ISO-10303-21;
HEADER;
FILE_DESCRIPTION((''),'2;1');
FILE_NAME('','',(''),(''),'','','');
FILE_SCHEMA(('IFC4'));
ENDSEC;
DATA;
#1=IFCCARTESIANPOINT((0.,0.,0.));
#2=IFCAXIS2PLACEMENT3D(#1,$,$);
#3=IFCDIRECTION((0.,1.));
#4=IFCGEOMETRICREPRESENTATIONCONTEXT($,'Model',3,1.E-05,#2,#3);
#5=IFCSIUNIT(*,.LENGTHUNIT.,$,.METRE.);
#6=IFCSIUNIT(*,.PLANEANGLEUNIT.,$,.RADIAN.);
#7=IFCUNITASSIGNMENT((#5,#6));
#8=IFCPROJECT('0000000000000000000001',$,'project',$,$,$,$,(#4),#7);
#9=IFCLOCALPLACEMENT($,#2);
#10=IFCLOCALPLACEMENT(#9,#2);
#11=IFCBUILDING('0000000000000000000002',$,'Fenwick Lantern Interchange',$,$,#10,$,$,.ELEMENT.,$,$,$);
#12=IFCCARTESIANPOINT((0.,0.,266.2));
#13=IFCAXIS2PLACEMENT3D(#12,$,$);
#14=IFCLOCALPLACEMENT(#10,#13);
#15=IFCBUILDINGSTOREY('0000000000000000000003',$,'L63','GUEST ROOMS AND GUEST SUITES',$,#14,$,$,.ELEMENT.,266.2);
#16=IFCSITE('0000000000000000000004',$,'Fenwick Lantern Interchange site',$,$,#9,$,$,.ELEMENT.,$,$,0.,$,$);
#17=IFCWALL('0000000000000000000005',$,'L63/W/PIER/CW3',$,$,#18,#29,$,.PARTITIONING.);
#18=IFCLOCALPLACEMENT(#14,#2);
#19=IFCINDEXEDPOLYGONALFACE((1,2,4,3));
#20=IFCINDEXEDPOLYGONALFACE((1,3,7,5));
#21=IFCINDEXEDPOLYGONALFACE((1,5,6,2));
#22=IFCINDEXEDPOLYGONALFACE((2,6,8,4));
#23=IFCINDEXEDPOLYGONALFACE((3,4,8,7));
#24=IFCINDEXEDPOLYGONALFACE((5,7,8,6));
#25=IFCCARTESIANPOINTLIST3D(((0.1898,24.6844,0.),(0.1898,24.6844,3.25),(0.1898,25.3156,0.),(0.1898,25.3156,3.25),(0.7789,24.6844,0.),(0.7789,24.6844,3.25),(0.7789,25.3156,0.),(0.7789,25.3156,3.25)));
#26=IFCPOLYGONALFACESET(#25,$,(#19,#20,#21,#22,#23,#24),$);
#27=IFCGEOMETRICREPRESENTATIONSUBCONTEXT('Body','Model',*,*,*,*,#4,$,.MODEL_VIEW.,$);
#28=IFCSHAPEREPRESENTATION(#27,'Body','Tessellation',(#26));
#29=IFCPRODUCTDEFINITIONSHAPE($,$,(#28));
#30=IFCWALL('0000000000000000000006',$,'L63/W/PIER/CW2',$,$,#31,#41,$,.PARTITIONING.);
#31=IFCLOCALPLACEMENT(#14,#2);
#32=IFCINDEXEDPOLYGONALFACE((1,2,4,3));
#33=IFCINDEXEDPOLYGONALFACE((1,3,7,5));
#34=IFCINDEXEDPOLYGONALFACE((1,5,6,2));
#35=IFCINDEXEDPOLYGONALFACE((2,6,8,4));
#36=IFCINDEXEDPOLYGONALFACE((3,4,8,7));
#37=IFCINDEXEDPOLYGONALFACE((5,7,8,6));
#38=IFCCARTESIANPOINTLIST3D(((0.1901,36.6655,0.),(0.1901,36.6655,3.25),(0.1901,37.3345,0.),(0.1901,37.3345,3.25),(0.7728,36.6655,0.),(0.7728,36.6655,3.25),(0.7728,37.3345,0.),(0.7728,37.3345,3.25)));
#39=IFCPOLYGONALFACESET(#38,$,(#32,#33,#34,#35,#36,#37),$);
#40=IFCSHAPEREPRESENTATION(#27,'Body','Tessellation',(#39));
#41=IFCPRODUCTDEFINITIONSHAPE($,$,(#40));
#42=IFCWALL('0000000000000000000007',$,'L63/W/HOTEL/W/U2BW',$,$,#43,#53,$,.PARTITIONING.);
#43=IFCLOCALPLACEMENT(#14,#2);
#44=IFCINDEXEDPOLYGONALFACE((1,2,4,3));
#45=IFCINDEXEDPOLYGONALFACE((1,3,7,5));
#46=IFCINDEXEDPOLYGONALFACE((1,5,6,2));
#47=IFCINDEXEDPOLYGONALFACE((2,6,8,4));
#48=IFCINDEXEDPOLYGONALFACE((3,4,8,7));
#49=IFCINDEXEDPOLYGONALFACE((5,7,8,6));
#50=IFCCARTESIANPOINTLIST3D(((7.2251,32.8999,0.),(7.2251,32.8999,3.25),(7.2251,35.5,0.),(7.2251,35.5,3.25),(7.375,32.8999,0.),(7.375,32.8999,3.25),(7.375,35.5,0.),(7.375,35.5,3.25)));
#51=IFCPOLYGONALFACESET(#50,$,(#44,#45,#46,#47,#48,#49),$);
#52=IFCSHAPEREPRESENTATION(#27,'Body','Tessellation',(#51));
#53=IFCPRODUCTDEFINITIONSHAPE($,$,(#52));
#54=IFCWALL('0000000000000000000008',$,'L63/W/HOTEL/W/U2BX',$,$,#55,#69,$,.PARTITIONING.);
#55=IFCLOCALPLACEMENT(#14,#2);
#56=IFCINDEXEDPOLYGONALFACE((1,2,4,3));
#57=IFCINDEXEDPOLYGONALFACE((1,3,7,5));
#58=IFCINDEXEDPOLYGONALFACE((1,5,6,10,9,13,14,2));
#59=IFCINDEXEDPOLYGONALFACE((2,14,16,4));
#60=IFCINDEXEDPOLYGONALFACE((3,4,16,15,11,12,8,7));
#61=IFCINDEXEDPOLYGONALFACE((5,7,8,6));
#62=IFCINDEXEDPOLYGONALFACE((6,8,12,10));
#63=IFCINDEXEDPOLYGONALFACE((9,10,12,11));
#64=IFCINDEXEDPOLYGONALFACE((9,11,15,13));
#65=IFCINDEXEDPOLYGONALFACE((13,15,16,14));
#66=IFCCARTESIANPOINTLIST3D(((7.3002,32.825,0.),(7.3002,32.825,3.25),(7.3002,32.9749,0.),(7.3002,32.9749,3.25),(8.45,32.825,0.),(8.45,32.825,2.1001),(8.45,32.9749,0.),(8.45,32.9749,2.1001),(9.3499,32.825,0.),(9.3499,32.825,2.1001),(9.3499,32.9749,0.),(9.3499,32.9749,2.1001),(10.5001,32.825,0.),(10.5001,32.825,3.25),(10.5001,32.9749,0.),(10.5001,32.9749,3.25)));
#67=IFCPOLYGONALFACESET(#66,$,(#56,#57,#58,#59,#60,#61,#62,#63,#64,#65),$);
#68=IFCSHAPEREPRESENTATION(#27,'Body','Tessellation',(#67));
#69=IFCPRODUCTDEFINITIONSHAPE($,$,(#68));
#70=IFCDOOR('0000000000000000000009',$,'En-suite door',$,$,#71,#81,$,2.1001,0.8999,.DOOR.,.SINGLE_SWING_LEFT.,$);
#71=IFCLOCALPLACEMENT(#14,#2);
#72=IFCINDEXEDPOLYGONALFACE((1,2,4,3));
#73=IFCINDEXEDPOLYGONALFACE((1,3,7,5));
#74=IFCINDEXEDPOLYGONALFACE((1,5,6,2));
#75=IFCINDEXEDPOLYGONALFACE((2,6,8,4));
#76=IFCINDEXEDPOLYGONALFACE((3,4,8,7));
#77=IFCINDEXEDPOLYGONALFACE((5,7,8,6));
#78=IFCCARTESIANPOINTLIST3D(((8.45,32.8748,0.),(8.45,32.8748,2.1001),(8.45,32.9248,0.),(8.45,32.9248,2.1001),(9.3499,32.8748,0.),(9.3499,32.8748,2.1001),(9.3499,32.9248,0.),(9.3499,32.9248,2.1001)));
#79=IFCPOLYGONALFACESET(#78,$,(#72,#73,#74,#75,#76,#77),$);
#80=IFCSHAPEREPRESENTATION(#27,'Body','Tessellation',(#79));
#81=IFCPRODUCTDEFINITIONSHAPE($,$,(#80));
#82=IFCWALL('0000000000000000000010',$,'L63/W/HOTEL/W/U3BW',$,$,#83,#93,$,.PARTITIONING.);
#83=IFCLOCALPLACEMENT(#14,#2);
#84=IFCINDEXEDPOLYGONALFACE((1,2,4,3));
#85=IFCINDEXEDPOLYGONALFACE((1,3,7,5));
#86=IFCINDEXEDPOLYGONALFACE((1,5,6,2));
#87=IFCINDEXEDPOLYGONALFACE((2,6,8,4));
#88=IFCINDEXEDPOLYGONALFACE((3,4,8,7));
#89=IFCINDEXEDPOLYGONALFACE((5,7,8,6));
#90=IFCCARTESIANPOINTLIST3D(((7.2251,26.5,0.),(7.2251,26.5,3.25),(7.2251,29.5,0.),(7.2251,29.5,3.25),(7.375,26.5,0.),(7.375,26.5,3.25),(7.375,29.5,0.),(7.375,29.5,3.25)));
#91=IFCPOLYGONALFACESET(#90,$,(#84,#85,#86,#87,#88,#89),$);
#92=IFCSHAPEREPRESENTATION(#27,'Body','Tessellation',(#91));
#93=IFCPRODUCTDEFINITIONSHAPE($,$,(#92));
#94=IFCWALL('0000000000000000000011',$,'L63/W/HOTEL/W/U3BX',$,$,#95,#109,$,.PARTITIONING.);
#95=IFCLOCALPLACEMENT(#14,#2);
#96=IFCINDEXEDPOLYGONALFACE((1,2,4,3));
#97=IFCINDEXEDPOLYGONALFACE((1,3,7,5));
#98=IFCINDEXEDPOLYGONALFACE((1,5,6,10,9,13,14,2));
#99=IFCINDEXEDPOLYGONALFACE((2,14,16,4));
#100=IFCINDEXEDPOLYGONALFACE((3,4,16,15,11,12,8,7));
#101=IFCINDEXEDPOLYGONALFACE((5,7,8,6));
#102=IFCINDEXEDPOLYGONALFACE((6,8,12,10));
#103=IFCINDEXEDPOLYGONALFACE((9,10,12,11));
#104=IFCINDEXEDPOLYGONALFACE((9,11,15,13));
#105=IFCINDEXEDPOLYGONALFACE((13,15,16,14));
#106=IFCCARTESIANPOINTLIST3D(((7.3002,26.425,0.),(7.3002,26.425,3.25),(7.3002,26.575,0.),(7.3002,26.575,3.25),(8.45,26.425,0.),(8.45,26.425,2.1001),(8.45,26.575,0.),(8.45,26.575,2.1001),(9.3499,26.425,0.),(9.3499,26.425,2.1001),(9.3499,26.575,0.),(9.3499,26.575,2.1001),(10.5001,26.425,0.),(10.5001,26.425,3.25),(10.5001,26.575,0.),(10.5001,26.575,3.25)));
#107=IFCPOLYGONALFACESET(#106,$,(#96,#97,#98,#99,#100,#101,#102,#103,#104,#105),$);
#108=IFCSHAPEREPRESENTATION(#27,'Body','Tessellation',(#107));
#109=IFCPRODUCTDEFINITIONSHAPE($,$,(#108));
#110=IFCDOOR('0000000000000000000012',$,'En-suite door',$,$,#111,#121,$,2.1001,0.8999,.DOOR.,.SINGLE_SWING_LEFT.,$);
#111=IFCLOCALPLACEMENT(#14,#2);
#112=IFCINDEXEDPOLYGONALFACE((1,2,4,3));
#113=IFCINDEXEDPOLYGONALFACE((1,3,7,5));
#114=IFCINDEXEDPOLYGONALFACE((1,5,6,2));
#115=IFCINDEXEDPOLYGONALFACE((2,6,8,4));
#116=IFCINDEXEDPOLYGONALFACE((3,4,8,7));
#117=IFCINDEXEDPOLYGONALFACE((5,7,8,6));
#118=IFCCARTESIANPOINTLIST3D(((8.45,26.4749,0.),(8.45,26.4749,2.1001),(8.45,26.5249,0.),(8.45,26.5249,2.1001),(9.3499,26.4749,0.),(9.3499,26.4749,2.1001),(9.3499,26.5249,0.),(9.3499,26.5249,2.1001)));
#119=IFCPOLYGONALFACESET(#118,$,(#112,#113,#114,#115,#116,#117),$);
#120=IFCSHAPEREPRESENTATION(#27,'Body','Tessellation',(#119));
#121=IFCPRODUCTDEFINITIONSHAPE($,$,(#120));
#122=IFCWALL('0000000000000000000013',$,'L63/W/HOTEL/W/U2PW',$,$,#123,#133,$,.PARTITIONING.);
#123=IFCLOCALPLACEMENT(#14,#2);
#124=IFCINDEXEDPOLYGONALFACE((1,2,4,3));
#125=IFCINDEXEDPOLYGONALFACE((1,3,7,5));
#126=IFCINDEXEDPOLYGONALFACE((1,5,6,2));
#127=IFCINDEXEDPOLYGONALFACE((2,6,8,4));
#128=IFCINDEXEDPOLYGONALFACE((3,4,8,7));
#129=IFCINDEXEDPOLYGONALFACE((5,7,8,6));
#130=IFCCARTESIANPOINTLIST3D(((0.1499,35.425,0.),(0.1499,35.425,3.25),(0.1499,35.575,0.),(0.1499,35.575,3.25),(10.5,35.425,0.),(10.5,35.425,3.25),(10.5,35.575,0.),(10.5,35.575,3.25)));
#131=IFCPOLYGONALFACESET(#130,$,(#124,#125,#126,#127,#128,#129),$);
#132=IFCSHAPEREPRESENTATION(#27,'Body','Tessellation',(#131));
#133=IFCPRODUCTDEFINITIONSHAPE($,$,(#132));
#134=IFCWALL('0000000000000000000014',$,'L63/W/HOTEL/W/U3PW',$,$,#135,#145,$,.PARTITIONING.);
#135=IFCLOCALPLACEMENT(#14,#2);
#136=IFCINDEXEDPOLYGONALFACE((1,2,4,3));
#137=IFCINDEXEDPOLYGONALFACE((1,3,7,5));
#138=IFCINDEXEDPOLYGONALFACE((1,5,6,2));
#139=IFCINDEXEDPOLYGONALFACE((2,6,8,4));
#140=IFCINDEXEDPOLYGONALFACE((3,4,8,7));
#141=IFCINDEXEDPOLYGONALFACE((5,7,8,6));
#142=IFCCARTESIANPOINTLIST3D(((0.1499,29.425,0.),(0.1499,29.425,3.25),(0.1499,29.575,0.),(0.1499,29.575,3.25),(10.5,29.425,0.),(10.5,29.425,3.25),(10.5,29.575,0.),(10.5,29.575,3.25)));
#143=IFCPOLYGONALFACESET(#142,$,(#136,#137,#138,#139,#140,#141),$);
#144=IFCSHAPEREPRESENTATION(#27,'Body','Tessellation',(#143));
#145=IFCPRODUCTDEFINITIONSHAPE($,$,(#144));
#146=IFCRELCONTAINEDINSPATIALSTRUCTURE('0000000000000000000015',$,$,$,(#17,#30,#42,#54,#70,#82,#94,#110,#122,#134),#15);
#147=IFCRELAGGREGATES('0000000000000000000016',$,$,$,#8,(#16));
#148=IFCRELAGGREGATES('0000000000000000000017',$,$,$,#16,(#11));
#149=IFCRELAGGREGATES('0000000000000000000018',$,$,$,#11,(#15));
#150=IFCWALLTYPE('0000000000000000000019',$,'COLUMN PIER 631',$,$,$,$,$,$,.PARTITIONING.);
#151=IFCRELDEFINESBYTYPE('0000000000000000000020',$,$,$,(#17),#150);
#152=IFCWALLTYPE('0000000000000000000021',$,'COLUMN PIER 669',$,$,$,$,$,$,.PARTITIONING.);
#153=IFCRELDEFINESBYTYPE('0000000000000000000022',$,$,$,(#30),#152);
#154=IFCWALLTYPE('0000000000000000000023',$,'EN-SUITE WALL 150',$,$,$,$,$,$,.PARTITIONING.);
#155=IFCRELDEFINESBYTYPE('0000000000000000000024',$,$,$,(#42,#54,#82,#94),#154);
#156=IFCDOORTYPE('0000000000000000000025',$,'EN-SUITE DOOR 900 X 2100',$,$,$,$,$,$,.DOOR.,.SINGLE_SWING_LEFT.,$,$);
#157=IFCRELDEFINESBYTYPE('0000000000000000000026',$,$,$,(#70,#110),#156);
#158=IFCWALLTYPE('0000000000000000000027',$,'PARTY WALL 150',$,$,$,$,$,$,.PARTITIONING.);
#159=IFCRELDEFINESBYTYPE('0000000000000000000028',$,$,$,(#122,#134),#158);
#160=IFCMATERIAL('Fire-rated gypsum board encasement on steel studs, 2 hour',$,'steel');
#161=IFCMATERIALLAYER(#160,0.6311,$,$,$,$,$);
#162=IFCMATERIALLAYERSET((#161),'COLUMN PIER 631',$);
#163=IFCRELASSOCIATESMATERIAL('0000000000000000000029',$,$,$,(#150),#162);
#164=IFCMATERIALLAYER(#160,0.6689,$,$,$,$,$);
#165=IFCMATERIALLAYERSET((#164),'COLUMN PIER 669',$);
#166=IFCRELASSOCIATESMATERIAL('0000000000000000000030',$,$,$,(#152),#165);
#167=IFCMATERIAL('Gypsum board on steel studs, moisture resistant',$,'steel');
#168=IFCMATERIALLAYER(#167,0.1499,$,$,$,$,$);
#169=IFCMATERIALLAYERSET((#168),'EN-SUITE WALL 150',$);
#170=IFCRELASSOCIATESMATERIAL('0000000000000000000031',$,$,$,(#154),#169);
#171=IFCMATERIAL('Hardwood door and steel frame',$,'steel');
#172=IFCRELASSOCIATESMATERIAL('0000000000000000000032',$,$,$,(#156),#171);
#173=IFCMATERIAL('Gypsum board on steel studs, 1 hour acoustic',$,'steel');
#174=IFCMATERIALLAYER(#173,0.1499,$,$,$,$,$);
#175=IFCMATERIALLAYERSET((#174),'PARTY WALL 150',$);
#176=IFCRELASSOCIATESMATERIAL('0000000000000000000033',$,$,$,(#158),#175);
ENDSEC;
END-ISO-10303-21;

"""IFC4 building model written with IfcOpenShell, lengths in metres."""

from ifc_helpers import new_model, si_unit, direction, frame, frame_2d, origin, place, context, subcontext, project, spatial, rectangle, extrude, material, layer, layer_set, type_object, element, fill, save


model = new_model("IFC4")

# Units and contexts
model_context = context("Model", 3, precision=1e-05, world=origin(), true_north=direction((0.0, 1.0)))
body_context = subcontext(model_context, "Body", "Model", "MODEL_VIEW")
ifc_project = project(units=[si_unit("LENGTHUNIT", "METRE"), si_unit("PLANEANGLEUNIT", "RADIAN")], contexts=[model_context])

# Site, building, storey
site_placement = place(None, origin())
site = spatial("IfcSite", under=ifc_project, at=site_placement, Name="Fenwick Lantern Interchange site", CompositionType="ELEMENT", RefElevation=0.0)
building_placement = place(site_placement, origin())
building = spatial("IfcBuilding", under=site, at=building_placement, Name="Fenwick Lantern Interchange", CompositionType="ELEMENT")
storey_placement = place(building_placement, frame((0.0, 0.0, 266.2)))
storey = spatial("IfcBuildingStorey", under=building, at=storey_placement, Name="L63", Description="GUEST ROOMS AND GUEST SUITES", CompositionType="ELEMENT", Elevation=266.2)

# Walls
ifc_material_1 = material(Name="Fire-rated gypsum board encasement on steel studs, 2 hour", Category="steel")
ifc_layer_1 = layer(ifc_material_1, 0.6311)
ifc_layer_set_1 = layer_set([ifc_layer_1], Name="COLUMN PIER 631")
wall_type_1 = type_object("IfcWallType", Name="COLUMN PIER 631", PredefinedType="PARTITIONING", material=ifc_layer_set_1)
wall_1_placement = place(storey_placement, frame((0.1899, 25.0, 0.0), z_axis=(0.0, 0.0, 1.0), x_axis=(1.0, 0.0, 0.0)))
element("IfcWall", 1, at=wall_1_placement, inside=storey, type_object=wall_type_1, Name="L63/W/PIER/CW3", PredefinedType="PARTITIONING", context=body_context, shape_type="SweptSolid", body=[
    extrude(rectangle(XDim=0.5891, YDim=0.6311, at=frame_2d((0.2944, 0.0))), origin(), (0.0, 0.0, 1.0), 3.25),
])
ifc_layer_2 = layer(ifc_material_1, 0.6689)
ifc_layer_set_2 = layer_set([ifc_layer_2], Name="COLUMN PIER 669")
wall_type_2 = type_object("IfcWallType", Name="COLUMN PIER 669", PredefinedType="PARTITIONING", material=ifc_layer_set_2)
wall_2_placement = place(storey_placement, frame((0.1899, 37.0, 0.0), z_axis=(0.0, 0.0, 1.0), x_axis=(1.0, 0.0, 0.0)))
element("IfcWall", 2, at=wall_2_placement, inside=storey, type_object=wall_type_2, Name="L63/W/PIER/CW2", PredefinedType="PARTITIONING", context=body_context, shape_type="SweptSolid", body=[
    extrude(rectangle(XDim=0.5828, YDim=0.6689, at=frame_2d((0.2915, 0.0))), origin(), (0.0, 0.0, 1.0), 3.25),
])
ifc_material_2 = material(Name="Gypsum board on steel studs, moisture resistant", Category="steel")
ifc_layer_3 = layer(ifc_material_2, 0.1499)
ifc_layer_set_3 = layer_set([ifc_layer_3], Name="EN-SUITE WALL 150")
wall_type_3 = type_object("IfcWallType", Name="EN-SUITE WALL 150", PredefinedType="PARTITIONING", material=ifc_layer_set_3)
wall_3_placement = place(storey_placement, frame((7.3, 35.5, 0.0), z_axis=(0.0, 0.0, 1.0), x_axis=(0.0, -1.0, 0.0)))
element("IfcWall", 3, at=wall_3_placement, inside=storey, type_object=wall_type_3, Name="L63/W/HOTEL/W/U2BW", PredefinedType="PARTITIONING", context=body_context, shape_type="SweptSolid", body=[
    extrude(rectangle(XDim=2.6001, YDim=0.1499, at=frame_2d((1.3, 0.0))), origin(), (0.0, 0.0, 1.0), 3.25),
])

# Wall, opening, door
wall_4_placement = place(storey_placement, frame((7.3, 32.8999, 0.0), z_axis=(0.0, 0.0, 1.0), x_axis=(1.0, 0.0, 0.0)))
wall_4 = element("IfcWall", 4, at=wall_4_placement, inside=storey, type_object=wall_type_3, Name="L63/W/HOTEL/W/U2BX", PredefinedType="PARTITIONING", context=body_context, shape_type="SweptSolid", body=[
    extrude(rectangle(XDim=3.2, YDim=0.1499, at=frame_2d((1.6001, 0.0))), origin(), (0.0, 0.0, 1.0), 3.25),
])
opening_1_placement = place(wall_4_placement, frame((1.1499, 0.0, 0.0)))
opening_1 = element("IfcOpeningElement", 5, at=opening_1_placement, cuts=wall_4, PredefinedType="OPENING", context=body_context, shape_type="SweptSolid", body=[
    extrude(rectangle(XDim=0.8999, YDim=2.1001, at=frame_2d((0.45, 1.05))), frame((0.0, 0.085, 0.0), z_axis=(0.0, -1.0, 0.0), x_axis=(1.0, 0.0, 0.0)), (0.0, 0.0, 1.0), 0.1699),
])
ifc_material_3 = material(Name="Hardwood door and steel frame", Category="steel")
door_type = type_object("IfcDoorType", Name="EN-SUITE DOOR 900 X 2100", OperationType="SINGLE_SWING_LEFT", PredefinedType="DOOR", material=ifc_material_3)
door_1_placement = place(opening_1_placement, origin())
door_1 = element("IfcDoor", 6, at=door_1_placement, inside=storey, type_object=door_type, Name="En-suite door", OperationType="SINGLE_SWING_LEFT", OverallHeight=2.1001, OverallWidth=0.8999, PredefinedType="DOOR", context=body_context, shape_type="SweptSolid", body=[
    extrude(rectangle(XDim=0.8999, YDim=2.1001, at=frame_2d((0.45, 1.05))), frame((0.0, 0.0249, 0.0), z_axis=(0.0, -1.0, 0.0), x_axis=(1.0, 0.0, 0.0)), (0.0, 0.0, 1.0), 0.05),
])
fill(opening_1, door_1)

# Wall
wall_5_placement = place(storey_placement, frame((7.3, 29.5, 0.0), z_axis=(0.0, 0.0, 1.0), x_axis=(0.0, -1.0, 0.0)))
element("IfcWall", 7, at=wall_5_placement, inside=storey, type_object=wall_type_3, Name="L63/W/HOTEL/W/U3BW", PredefinedType="PARTITIONING", context=body_context, shape_type="SweptSolid", body=[
    extrude(rectangle(XDim=3.0, YDim=0.1499, at=frame_2d((1.5, 0.0))), origin(), (0.0, 0.0, 1.0), 3.25),
])

# Wall, opening, door
wall_6_placement = place(storey_placement, frame((7.3, 26.5, 0.0), z_axis=(0.0, 0.0, 1.0), x_axis=(1.0, 0.0, 0.0)))
wall_6 = element("IfcWall", 8, at=wall_6_placement, inside=storey, type_object=wall_type_3, Name="L63/W/HOTEL/W/U3BX", PredefinedType="PARTITIONING", context=body_context, shape_type="SweptSolid", body=[
    extrude(rectangle(XDim=3.2, YDim=0.1499, at=frame_2d((1.6001, 0.0))), origin(), (0.0, 0.0, 1.0), 3.25),
])
opening_2_placement = place(wall_6_placement, frame((1.1499, 0.0, 0.0)))
opening_2 = element("IfcOpeningElement", 9, at=opening_2_placement, cuts=wall_6, PredefinedType="OPENING", context=body_context, shape_type="SweptSolid", body=[
    extrude(rectangle(XDim=0.8999, YDim=2.1001, at=frame_2d((0.45, 1.05))), frame((0.0, 0.085, 0.0), z_axis=(0.0, -1.0, 0.0), x_axis=(1.0, 0.0, 0.0)), (0.0, 0.0, 1.0), 0.1699),
])
door_2_placement = place(opening_2_placement, origin())
door_2 = element("IfcDoor", 10, at=door_2_placement, inside=storey, type_object=door_type, Name="En-suite door", OperationType="SINGLE_SWING_LEFT", OverallHeight=2.1001, OverallWidth=0.8999, PredefinedType="DOOR", context=body_context, shape_type="SweptSolid", body=[
    extrude(rectangle(XDim=0.8999, YDim=2.1001, at=frame_2d((0.45, 1.05))), frame((0.0, 0.0249, 0.0), z_axis=(0.0, -1.0, 0.0), x_axis=(1.0, 0.0, 0.0)), (0.0, 0.0, 1.0), 0.05),
])
fill(opening_2, door_2)

# Walls
ifc_material_4 = material(Name="Gypsum board on steel studs, 1 hour acoustic", Category="steel")
ifc_layer_4 = layer(ifc_material_4, 0.1499)
ifc_layer_set_4 = layer_set([ifc_layer_4], Name="PARTY WALL 150")
wall_type_4 = type_object("IfcWallType", Name="PARTY WALL 150", PredefinedType="PARTITIONING", material=ifc_layer_set_4)
for number, where, z_axis, x_axis, name in (
    (11, (0.1499, 35.5, 0.0), (0.0, 0.0, 1.0), (1.0, 0.0, 0.0), "L63/W/HOTEL/W/U2PW"),
    (12, (0.1499, 29.5, 0.0), (0.0, 0.0, 1.0), (1.0, 0.0, 0.0), "L63/W/HOTEL/W/U3PW"),
):
    element("IfcWall", number, at=place(storey_placement, frame(where, z_axis=z_axis, x_axis=x_axis)), inside=storey, type_object=wall_type_4, Name=name, PredefinedType="PARTITIONING", context=body_context, shape_type="SweptSolid", body=[
        extrude(rectangle(XDim=10.3501, YDim=0.1499, at=frame_2d((5.175, 0.0))), origin(), (0.0, 0.0, 1.0), 3.25),
    ])

save(model, "model.ifc")
